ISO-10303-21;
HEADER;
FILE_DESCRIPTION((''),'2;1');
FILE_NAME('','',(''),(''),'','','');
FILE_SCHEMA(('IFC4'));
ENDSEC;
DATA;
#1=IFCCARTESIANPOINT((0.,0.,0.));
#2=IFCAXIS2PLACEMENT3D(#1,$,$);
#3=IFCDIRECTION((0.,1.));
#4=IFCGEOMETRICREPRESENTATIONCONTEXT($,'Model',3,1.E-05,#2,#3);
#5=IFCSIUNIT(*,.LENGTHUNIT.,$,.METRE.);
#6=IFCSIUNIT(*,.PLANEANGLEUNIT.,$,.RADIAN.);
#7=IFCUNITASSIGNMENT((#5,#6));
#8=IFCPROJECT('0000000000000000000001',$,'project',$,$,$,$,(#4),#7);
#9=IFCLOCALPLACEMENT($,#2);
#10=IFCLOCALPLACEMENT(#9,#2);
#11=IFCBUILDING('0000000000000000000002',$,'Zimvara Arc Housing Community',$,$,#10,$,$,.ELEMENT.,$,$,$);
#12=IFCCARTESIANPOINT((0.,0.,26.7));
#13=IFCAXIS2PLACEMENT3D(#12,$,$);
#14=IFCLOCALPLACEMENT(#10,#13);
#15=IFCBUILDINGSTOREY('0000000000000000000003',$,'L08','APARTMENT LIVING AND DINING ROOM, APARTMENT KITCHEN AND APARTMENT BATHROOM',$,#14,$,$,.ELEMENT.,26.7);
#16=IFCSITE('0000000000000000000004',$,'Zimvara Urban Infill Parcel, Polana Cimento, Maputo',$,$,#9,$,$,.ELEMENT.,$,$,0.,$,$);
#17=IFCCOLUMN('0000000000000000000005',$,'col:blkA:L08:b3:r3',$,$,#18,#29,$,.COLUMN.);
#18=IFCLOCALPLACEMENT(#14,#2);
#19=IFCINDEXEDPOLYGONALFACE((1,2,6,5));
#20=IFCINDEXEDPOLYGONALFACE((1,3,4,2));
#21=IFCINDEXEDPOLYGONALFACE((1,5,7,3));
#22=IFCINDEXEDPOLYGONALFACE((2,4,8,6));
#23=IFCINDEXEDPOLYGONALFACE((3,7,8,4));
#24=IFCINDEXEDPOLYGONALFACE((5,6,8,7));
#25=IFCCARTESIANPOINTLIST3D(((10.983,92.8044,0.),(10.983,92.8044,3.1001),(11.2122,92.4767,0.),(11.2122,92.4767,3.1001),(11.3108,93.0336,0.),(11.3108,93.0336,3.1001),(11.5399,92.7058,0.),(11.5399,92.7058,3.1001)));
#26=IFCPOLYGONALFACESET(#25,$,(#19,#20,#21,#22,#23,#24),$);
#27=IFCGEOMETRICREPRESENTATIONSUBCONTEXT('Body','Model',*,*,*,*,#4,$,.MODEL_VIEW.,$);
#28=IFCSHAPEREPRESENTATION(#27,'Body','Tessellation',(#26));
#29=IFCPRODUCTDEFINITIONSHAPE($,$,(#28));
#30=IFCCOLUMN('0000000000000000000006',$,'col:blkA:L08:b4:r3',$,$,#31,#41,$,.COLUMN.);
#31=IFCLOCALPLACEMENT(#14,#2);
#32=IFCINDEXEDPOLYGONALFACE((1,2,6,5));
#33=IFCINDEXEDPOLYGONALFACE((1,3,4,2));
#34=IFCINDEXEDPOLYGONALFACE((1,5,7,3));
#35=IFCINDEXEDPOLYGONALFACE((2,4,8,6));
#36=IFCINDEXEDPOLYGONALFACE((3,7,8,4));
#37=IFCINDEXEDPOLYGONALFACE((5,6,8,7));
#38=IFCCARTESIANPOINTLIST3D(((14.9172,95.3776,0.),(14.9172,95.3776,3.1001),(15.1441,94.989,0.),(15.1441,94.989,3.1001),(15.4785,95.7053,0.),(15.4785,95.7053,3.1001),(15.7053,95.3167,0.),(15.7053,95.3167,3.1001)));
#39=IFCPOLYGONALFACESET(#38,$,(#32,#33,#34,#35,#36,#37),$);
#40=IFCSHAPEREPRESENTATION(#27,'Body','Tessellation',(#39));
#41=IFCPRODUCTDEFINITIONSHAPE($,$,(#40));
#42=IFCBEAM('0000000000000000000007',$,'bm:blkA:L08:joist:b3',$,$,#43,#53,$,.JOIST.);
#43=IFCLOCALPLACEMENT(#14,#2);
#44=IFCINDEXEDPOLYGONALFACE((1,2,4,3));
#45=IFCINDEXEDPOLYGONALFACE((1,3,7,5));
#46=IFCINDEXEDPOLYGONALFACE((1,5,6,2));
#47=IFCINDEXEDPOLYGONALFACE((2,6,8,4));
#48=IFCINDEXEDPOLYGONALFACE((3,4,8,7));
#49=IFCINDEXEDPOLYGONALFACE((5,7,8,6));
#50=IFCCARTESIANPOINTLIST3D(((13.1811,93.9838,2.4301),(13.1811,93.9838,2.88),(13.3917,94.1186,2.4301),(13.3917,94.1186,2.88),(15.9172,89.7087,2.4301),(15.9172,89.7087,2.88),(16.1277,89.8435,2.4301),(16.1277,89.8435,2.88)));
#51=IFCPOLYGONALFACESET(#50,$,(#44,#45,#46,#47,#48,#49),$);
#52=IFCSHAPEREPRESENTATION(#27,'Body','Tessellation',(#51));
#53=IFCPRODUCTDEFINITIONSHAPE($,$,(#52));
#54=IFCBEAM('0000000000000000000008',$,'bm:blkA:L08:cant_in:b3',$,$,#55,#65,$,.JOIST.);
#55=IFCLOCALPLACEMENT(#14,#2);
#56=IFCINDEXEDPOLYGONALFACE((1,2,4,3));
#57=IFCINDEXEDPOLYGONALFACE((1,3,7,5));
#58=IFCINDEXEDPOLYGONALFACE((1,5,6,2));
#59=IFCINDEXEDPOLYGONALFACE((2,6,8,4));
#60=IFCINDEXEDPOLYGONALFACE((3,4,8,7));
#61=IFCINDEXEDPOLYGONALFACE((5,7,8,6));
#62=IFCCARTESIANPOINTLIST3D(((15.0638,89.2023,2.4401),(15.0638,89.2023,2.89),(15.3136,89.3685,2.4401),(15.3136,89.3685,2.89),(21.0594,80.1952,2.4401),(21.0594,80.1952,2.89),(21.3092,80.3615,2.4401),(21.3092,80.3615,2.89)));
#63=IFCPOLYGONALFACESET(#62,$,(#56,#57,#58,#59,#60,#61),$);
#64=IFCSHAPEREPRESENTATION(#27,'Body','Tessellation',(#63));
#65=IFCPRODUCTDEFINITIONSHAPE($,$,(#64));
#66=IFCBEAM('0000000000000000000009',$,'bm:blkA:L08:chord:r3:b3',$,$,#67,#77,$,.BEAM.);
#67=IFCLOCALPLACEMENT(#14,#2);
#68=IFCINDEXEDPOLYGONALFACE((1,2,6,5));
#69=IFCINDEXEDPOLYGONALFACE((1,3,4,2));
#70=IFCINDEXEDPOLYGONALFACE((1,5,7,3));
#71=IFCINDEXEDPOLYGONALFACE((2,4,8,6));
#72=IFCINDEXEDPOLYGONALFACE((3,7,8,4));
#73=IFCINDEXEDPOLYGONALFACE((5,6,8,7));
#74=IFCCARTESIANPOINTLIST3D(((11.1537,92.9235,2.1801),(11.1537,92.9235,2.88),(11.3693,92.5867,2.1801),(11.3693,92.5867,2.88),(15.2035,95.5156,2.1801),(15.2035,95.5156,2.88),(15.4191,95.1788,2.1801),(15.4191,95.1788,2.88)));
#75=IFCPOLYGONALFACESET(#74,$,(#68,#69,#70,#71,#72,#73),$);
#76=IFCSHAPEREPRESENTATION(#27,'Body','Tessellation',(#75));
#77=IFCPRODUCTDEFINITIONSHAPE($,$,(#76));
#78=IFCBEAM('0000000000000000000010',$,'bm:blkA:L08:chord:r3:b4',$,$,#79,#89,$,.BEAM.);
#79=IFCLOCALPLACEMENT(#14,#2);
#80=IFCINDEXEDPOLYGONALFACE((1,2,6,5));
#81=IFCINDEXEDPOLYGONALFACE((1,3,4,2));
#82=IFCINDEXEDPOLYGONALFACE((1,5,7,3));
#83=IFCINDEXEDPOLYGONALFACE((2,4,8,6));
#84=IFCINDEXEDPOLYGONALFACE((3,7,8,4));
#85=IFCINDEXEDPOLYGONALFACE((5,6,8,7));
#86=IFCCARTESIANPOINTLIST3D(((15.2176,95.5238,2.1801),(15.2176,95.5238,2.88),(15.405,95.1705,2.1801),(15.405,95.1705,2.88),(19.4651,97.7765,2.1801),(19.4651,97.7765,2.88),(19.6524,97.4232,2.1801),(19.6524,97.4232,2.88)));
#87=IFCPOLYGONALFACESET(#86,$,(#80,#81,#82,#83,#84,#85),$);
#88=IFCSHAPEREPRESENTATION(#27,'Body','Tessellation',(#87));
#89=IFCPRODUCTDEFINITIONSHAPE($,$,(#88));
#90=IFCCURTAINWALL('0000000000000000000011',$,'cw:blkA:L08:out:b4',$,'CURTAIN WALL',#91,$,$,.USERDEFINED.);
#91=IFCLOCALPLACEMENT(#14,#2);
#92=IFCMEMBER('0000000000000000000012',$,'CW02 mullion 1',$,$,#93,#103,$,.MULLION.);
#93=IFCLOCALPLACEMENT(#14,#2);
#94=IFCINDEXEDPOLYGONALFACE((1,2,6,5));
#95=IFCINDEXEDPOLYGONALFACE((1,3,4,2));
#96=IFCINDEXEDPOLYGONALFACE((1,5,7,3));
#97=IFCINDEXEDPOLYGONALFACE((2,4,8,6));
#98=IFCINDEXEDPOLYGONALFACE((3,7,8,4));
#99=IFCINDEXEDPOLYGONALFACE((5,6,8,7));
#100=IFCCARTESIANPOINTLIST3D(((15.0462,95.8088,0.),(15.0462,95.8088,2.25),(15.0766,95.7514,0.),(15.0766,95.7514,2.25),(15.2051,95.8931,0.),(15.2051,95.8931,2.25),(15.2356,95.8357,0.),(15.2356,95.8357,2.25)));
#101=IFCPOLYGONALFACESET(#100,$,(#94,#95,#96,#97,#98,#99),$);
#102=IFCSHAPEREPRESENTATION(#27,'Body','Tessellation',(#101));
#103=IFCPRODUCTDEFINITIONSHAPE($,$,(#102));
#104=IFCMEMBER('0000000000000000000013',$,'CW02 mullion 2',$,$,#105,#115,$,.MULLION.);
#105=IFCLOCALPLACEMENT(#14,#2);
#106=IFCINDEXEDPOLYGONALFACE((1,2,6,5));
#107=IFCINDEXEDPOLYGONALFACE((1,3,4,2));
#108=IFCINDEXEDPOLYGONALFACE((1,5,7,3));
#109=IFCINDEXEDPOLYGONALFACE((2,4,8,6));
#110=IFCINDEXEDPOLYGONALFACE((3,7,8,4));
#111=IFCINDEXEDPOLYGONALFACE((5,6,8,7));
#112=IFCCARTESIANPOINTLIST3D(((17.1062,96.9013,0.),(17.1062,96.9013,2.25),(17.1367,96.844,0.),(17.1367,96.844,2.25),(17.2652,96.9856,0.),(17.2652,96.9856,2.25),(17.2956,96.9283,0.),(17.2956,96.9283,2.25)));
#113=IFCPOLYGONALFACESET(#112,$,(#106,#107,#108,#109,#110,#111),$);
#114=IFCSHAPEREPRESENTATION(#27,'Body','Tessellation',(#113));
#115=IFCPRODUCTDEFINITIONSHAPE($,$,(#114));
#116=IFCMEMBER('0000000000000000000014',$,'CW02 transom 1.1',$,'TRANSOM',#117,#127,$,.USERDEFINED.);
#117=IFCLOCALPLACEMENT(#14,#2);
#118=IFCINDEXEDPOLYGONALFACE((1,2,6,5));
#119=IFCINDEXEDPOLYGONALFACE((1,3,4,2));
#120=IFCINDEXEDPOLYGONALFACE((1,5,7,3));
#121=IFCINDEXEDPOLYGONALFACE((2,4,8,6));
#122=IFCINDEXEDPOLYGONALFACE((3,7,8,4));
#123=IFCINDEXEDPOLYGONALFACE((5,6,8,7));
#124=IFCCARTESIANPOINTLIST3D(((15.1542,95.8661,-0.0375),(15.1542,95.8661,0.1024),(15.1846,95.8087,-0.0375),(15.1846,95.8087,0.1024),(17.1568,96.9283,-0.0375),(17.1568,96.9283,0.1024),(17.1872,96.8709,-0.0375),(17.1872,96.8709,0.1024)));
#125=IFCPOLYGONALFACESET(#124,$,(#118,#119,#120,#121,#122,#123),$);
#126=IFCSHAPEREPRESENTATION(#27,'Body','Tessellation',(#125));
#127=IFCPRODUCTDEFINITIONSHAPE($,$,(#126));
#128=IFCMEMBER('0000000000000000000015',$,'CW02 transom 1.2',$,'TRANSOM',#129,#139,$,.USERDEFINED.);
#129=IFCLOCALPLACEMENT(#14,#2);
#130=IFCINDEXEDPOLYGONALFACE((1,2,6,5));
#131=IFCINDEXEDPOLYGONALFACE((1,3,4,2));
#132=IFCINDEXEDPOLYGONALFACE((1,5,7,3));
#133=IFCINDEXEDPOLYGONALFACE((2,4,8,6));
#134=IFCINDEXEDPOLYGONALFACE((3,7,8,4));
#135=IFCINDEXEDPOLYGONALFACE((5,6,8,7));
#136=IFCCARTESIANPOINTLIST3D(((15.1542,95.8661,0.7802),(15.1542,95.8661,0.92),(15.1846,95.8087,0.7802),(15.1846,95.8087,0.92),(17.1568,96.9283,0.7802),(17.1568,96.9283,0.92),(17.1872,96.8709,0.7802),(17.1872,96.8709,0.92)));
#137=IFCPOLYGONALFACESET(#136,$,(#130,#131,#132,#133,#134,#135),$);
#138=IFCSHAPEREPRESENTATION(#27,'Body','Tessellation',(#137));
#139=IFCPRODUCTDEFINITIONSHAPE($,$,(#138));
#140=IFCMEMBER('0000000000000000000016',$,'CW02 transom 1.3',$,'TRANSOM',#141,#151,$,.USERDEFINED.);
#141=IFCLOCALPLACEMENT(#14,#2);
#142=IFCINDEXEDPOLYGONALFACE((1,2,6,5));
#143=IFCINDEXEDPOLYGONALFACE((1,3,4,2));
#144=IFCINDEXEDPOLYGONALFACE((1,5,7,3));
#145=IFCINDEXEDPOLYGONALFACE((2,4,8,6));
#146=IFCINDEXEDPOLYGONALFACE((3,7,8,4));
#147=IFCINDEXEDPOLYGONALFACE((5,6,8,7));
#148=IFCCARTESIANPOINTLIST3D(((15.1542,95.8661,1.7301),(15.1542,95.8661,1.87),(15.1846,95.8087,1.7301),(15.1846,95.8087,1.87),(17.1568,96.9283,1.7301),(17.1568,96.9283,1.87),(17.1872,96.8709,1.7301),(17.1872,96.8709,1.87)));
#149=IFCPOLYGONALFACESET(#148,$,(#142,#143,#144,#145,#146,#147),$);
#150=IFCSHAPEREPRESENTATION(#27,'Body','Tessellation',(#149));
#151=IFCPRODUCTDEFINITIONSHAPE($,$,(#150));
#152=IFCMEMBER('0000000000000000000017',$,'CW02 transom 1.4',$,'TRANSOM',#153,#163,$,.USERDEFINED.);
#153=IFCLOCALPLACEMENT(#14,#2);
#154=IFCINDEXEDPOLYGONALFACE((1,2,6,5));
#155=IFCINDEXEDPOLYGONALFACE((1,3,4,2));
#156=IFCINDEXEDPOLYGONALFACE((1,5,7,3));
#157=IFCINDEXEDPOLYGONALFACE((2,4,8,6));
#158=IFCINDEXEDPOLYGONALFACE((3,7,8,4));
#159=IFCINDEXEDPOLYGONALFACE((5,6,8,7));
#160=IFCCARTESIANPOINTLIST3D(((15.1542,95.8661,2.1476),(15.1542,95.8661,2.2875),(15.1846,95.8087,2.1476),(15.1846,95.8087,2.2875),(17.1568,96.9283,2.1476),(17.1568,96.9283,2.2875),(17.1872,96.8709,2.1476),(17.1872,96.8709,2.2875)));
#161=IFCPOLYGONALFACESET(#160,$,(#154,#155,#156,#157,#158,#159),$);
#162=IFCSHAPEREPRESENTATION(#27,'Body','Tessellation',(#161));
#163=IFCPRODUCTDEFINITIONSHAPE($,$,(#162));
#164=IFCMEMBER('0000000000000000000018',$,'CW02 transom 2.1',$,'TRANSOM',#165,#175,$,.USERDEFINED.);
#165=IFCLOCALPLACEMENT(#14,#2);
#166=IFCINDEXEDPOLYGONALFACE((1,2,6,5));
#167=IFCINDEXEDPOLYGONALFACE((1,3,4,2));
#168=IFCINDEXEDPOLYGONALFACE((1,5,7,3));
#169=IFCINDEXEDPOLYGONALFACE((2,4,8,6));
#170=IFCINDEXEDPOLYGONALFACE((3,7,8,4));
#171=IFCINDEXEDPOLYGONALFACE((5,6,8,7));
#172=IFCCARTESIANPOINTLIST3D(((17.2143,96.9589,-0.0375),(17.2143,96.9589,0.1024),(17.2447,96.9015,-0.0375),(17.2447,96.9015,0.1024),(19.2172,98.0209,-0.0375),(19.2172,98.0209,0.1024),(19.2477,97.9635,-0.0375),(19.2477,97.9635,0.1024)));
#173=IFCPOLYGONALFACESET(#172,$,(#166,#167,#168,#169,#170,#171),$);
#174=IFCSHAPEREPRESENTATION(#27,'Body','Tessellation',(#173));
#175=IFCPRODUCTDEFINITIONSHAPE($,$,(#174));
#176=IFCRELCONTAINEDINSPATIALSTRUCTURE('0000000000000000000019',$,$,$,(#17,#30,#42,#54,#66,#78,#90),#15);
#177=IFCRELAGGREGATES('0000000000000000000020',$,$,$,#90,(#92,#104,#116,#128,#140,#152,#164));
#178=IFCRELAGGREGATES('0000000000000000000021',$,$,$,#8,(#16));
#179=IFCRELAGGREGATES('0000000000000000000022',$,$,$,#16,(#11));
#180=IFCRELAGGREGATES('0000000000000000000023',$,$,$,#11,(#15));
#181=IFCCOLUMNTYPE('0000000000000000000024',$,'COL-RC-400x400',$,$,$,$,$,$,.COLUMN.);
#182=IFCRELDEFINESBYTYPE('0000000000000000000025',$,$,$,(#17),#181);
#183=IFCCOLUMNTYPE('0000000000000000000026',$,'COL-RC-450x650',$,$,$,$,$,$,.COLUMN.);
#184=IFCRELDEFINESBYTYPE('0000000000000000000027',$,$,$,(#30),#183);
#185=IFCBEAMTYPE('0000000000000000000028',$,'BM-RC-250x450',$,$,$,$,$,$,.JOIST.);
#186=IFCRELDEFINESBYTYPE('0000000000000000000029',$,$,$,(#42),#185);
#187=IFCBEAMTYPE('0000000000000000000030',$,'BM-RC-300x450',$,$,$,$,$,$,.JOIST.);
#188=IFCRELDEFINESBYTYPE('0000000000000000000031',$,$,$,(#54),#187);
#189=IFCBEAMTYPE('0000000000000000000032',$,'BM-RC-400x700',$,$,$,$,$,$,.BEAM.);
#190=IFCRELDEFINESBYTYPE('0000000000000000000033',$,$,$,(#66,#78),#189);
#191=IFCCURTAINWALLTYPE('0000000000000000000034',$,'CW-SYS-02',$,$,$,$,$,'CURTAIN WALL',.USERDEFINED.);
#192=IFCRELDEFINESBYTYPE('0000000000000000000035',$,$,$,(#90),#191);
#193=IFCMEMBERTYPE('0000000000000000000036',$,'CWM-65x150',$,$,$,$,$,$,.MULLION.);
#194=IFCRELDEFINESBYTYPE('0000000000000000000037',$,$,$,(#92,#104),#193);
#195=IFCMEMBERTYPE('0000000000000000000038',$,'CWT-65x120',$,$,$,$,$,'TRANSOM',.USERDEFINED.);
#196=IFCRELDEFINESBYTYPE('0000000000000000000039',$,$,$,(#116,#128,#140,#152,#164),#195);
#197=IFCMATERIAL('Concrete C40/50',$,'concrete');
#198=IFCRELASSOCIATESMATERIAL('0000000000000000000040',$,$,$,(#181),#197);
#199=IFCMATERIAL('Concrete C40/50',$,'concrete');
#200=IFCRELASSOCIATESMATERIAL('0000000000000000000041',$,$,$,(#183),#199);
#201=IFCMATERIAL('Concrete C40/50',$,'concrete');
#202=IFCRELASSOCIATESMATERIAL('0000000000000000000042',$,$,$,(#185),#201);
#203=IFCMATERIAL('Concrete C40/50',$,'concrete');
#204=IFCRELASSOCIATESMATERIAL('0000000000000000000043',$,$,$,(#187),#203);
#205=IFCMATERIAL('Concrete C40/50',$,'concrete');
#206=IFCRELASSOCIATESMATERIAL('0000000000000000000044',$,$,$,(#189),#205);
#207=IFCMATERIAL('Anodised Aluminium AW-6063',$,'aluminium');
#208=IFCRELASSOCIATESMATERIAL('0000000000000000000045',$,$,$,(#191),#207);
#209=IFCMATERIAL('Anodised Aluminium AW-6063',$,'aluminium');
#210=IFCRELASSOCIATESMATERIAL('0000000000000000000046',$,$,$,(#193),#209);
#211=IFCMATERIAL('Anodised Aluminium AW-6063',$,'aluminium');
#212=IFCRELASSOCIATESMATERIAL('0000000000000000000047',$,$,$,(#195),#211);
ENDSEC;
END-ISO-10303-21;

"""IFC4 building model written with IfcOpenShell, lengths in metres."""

from ifc_helpers import new_model, si_unit, direction, frame, origin, origin_2d, place, context, subcontext, project, spatial, rectangle, extrude, material, material_profile, profile_set, type_object, element, aggregate, save


model = new_model("IFC4")

# Units and contexts
model_context = context("Model", 3, precision=1e-05, world=origin(), true_north=direction((0.0, 1.0)))
body_context = subcontext(model_context, "Body", "Model", "MODEL_VIEW")
ifc_project = project(units=[si_unit("LENGTHUNIT", "METRE"), si_unit("PLANEANGLEUNIT", "RADIAN")], contexts=[model_context])

# Site, building, storey
site_placement = place(None, origin())
site = spatial("IfcSite", under=ifc_project, at=site_placement, Name="Zimvara Urban Infill Parcel, Polana Cimento, Maputo", CompositionType="ELEMENT", RefElevation=0.0)
building_placement = place(site_placement, origin())
building = spatial("IfcBuilding", under=site, at=building_placement, Name="Zimvara Arc Housing Community", CompositionType="ELEMENT")
storey_placement = place(building_placement, frame((0.0, 0.0, 26.7)))
storey = spatial("IfcBuildingStorey", under=building, at=storey_placement, Name="L08", Description="APARTMENT LIVING AND DINING ROOM, APARTMENT KITCHEN AND APARTMENT BATHROOM", CompositionType="ELEMENT", Elevation=26.7)

# Columns
ifc_material_1 = material(Name="Concrete C40/50", Category="concrete")
ifc_material_profile_1 = material_profile(ifc_material_1, rectangle(XDim=0.3999, YDim=0.3999, at=origin_2d()), Name="RC 400x400")
ifc_profile_set_1 = profile_set([ifc_material_profile_1], Name="Concrete C40/50")
column_type_1 = type_object("IfcColumnType", Name="COL-RC-400x400", PredefinedType="COLUMN", material=ifc_profile_set_1)
column_1_placement = place(storey_placement, frame((11.2615, 92.7551, 0.0), z_axis=(0.0, 0.0, 1.0), x_axis=(-0.573004, 0.819552, 0.0)))
element("IfcColumn", 1, at=column_1_placement, inside=storey, type_object=column_type_1, Name="col:blkA:L08:b3:r3", PredefinedType="COLUMN", context=body_context, shape_type="SweptSolid", body=[
    extrude(rectangle(XDim=0.3999, YDim=0.3999, at=origin_2d()), origin(), (0.0, 0.0, 1.0), 3.1001),
])
ifc_material_2 = material(Name="Concrete C40/50", Category="concrete")
ifc_material_profile_2 = material_profile(ifc_material_2, rectangle(XDim=0.45, YDim=0.6499, at=origin_2d()), Name="RC 450x650")
ifc_profile_set_2 = profile_set([ifc_material_profile_2], Name="Concrete C40/50")
column_type_2 = type_object("IfcColumnType", Name="COL-RC-450x650", PredefinedType="COLUMN", material=ifc_profile_set_2)
column_2_placement = place(storey_placement, frame((15.3113, 95.3472, 0.0), z_axis=(0.0, 0.0, 1.0), x_axis=(-0.504226, 0.863572, 0.0)))
element("IfcColumn", 2, at=column_2_placement, inside=storey, type_object=column_type_2, Name="col:blkA:L08:b4:r3", PredefinedType="COLUMN", context=body_context, shape_type="SweptSolid", body=[
    extrude(rectangle(XDim=0.45, YDim=0.6499, at=origin_2d()), origin(), (0.0, 0.0, 1.0), 3.1001),
])

# Beams
ifc_material_3 = material(Name="Concrete C40/50", Category="concrete")
ifc_material_profile_3 = material_profile(ifc_material_3, rectangle(XDim=0.25, YDim=0.45, at=origin_2d()), Name="RC 250x450")
ifc_profile_set_3 = profile_set([ifc_material_profile_3], Name="Concrete C40/50")
beam_type_1 = type_object("IfcBeamType", Name="BM-RC-250x450", PredefinedType="JOIST", material=ifc_profile_set_3)
beam_1_placement = place(storey_placement, frame((16.0225, 89.7761, 2.655), z_axis=(-0.539052, 0.842272, 0.0), x_axis=(-0.842272, -0.539052, 0.0)))
element("IfcBeam", 3, at=beam_1_placement, inside=storey, type_object=beam_type_1, Name="bm:blkA:L08:joist:b3", PredefinedType="JOIST", context=body_context, shape_type="SweptSolid", body=[
    extrude(rectangle(XDim=0.25, YDim=0.45, at=origin_2d()), origin(), (0.0, 0.0, 1.0), 5.0757),
])
ifc_material_4 = material(Name="Concrete C40/50", Category="concrete")
ifc_material_profile_4 = material_profile(ifc_material_4, rectangle(XDim=0.3, YDim=0.45, at=origin_2d()), Name="RC 300x450")
ifc_profile_set_4 = profile_set([ifc_material_profile_4], Name="Concrete C40/50")
beam_type_2 = type_object("IfcBeamType", Name="BM-RC-300x450", PredefinedType="JOIST", material=ifc_profile_set_4)
beam_2_placement = place(storey_placement, frame((15.1887, 89.2854, 2.665), z_axis=(0.554117, -0.832439, 0.0), x_axis=(0.832439, 0.554117, 0.0)))
element("IfcBeam", 4, at=beam_2_placement, inside=storey, type_object=beam_type_2, Name="bm:blkA:L08:cant_in:b3", PredefinedType="JOIST", context=body_context, shape_type="SweptSolid", body=[
    extrude(rectangle(XDim=0.3, YDim=0.45, at=origin_2d()), origin(), (0.0, 0.0, 1.0), 10.8201),
])
ifc_material_5 = material(Name="Concrete C40/50", Category="concrete")
ifc_material_profile_5 = material_profile(ifc_material_5, rectangle(XDim=0.3999, YDim=0.7, at=origin_2d()), Name="RC 400x700")
ifc_profile_set_5 = profile_set([ifc_material_profile_5], Name="Concrete C40/50")
beam_type_3 = type_object("IfcBeamType", Name="BM-RC-400x700", PredefinedType="BEAM", material=ifc_profile_set_5)
beam_3_placement = place(storey_placement, frame((11.2615, 92.7551, 2.53), z_axis=(0.842256, 0.539078, 0.0), x_axis=(-0.539078, 0.842256, 0.0)))
element("IfcBeam", 5, at=beam_3_placement, inside=storey, type_object=beam_type_3, Name="bm:blkA:L08:chord:r3:b3", PredefinedType="BEAM", context=body_context, shape_type="SweptSolid", body=[
    extrude(rectangle(XDim=0.3999, YDim=0.7, at=origin_2d()), origin(), (0.0, 0.0, 1.0), 4.8083),
])
beam_4_placement = place(storey_placement, frame((15.3113, 95.3472, 2.53), z_axis=(0.883446, 0.468534, 0.0), x_axis=(-0.468534, 0.883446, 0.0)))
element("IfcBeam", 6, at=beam_4_placement, inside=storey, type_object=beam_type_3, Name="bm:blkA:L08:chord:r3:b4", PredefinedType="BEAM", context=body_context, shape_type="SweptSolid", body=[
    extrude(rectangle(XDim=0.3999, YDim=0.7, at=origin_2d()), origin(), (0.0, 0.0, 1.0), 4.8079),
])

# Curtain wall, members
ifc_material_6 = material(Name="Anodised Aluminium AW-6063", Category="aluminium")
curtain_wall_type = type_object("IfcCurtainWallType", Name="CW-SYS-02", ElementType="CURTAIN WALL", PredefinedType="USERDEFINED", material=ifc_material_6)
curtain_wall_placement = place(storey_placement, origin())
curtain_wall = element("IfcCurtainWall", 7, at=curtain_wall_placement, inside=storey, type_object=curtain_wall_type, Name="cw:blkA:L08:out:b4", ObjectType="CURTAIN WALL", PredefinedType="USERDEFINED")
ifc_material_7 = material(Name="Anodised Aluminium AW-6063", Category="aluminium")
ifc_material_profile_6 = material_profile(ifc_material_7, rectangle(XDim=0.0649, YDim=0.1799, at=origin_2d()), Name="ALU 65x180")
ifc_profile_set_6 = profile_set([ifc_material_profile_6], Name="Anodised Aluminium AW-6063")
member_type_1 = type_object("IfcMemberType", Name="CWM-65x150", PredefinedType="MULLION", material=ifc_profile_set_6)
member_1_placement = place(storey_placement, frame((15.1409, 95.8223, 0.0), z_axis=(0.0, 0.0, 1.0), x_axis=(-0.468547, 0.883439, 0.0)))
member_1 = element("IfcMember", 8, at=member_1_placement, type_object=member_type_1, Name="CW02 mullion 1", PredefinedType="MULLION", context=body_context, shape_type="SweptSolid", body=[
    extrude(rectangle(XDim=0.0649, YDim=0.1799, at=origin_2d()), origin(), (0.0, 0.0, 1.0), 2.25),
])
member_2_placement = place(storey_placement, frame((17.2009, 96.9148, 0.0), z_axis=(0.0, 0.0, 1.0), x_axis=(-0.468547, 0.883439, 0.0)))
member_2 = element("IfcMember", 9, at=member_2_placement, type_object=member_type_1, Name="CW02 mullion 2", PredefinedType="MULLION", context=body_context, shape_type="SweptSolid", body=[
    extrude(rectangle(XDim=0.0649, YDim=0.1799, at=origin_2d()), origin(), (0.0, 0.0, 1.0), 2.25),
])
ifc_material_8 = material(Name="Anodised Aluminium AW-6063", Category="aluminium")
ifc_material_profile_7 = material_profile(ifc_material_8, rectangle(XDim=0.0649, YDim=0.1399, at=origin_2d()), Name="ALU 65x140")
ifc_profile_set_7 = profile_set([ifc_material_profile_7], Name="Anodised Aluminium AW-6063")
member_type_2 = type_object("IfcMemberType", Name="CWT-65x120", ElementType="TRANSOM", PredefinedType="USERDEFINED", material=ifc_profile_set_7)
member_3_placement = place(storey_placement, frame((15.1694, 95.8374, 0.0325), z_axis=(0.883421, 0.46858, 0.0), x_axis=(-0.46858, 0.883421, 0.0)))
member_3 = element("IfcMember", 10, at=member_3_placement, type_object=member_type_2, Name="CW02 transom 1.1", ObjectType="TRANSOM", PredefinedType="USERDEFINED", context=body_context, shape_type="SweptSolid", body=[
    extrude(rectangle(XDim=0.0649, YDim=0.1399, at=origin_2d()), origin(), (0.0, 0.0, 1.0), 2.2668),
])
member_4_placement = place(storey_placement, frame((15.1694, 95.8374, 0.8501), z_axis=(0.883421, 0.46858, 0.0), x_axis=(-0.46858, 0.883421, 0.0)))
member_4 = element("IfcMember", 11, at=member_4_placement, type_object=member_type_2, Name="CW02 transom 1.2", ObjectType="TRANSOM", PredefinedType="USERDEFINED", context=body_context, shape_type="SweptSolid", body=[
    extrude(rectangle(XDim=0.0649, YDim=0.1399, at=origin_2d()), origin(), (0.0, 0.0, 1.0), 2.2668),
])
member_5_placement = place(storey_placement, frame((15.1694, 95.8374, 1.8), z_axis=(0.883421, 0.46858, 0.0), x_axis=(-0.46858, 0.883421, 0.0)))
member_5 = element("IfcMember", 12, at=member_5_placement, type_object=member_type_2, Name="CW02 transom 1.3", ObjectType="TRANSOM", PredefinedType="USERDEFINED", context=body_context, shape_type="SweptSolid", body=[
    extrude(rectangle(XDim=0.0649, YDim=0.1399, at=origin_2d()), origin(), (0.0, 0.0, 1.0), 2.2668),
])
member_6_placement = place(storey_placement, frame((15.1694, 95.8374, 2.2175), z_axis=(0.883421, 0.46858, 0.0), x_axis=(-0.46858, 0.883421, 0.0)))
member_6 = element("IfcMember", 13, at=member_6_placement, type_object=member_type_2, Name="CW02 transom 1.4", ObjectType="TRANSOM", PredefinedType="USERDEFINED", context=body_context, shape_type="SweptSolid", body=[
    extrude(rectangle(XDim=0.0649, YDim=0.1399, at=origin_2d()), origin(), (0.0, 0.0, 1.0), 2.2668),
])
member_7_placement = place(storey_placement, frame((17.2295, 96.9302, 0.0325), z_axis=(0.883489, 0.468452, 0.0), x_axis=(-0.468452, 0.883489, 0.0)))
member_7 = element("IfcMember", 14, at=member_7_placement, type_object=member_type_2, Name="CW02 transom 2.1", ObjectType="TRANSOM", PredefinedType="USERDEFINED", context=body_context, shape_type="SweptSolid", body=[
    extrude(rectangle(XDim=0.0649, YDim=0.1399, at=origin_2d()), origin(), (0.0, 0.0, 1.0), 2.2671),
])
aggregate(curtain_wall, [member_1, member_2, member_3, member_4, member_5, member_6, member_7])

save(model, "model.ifc")
